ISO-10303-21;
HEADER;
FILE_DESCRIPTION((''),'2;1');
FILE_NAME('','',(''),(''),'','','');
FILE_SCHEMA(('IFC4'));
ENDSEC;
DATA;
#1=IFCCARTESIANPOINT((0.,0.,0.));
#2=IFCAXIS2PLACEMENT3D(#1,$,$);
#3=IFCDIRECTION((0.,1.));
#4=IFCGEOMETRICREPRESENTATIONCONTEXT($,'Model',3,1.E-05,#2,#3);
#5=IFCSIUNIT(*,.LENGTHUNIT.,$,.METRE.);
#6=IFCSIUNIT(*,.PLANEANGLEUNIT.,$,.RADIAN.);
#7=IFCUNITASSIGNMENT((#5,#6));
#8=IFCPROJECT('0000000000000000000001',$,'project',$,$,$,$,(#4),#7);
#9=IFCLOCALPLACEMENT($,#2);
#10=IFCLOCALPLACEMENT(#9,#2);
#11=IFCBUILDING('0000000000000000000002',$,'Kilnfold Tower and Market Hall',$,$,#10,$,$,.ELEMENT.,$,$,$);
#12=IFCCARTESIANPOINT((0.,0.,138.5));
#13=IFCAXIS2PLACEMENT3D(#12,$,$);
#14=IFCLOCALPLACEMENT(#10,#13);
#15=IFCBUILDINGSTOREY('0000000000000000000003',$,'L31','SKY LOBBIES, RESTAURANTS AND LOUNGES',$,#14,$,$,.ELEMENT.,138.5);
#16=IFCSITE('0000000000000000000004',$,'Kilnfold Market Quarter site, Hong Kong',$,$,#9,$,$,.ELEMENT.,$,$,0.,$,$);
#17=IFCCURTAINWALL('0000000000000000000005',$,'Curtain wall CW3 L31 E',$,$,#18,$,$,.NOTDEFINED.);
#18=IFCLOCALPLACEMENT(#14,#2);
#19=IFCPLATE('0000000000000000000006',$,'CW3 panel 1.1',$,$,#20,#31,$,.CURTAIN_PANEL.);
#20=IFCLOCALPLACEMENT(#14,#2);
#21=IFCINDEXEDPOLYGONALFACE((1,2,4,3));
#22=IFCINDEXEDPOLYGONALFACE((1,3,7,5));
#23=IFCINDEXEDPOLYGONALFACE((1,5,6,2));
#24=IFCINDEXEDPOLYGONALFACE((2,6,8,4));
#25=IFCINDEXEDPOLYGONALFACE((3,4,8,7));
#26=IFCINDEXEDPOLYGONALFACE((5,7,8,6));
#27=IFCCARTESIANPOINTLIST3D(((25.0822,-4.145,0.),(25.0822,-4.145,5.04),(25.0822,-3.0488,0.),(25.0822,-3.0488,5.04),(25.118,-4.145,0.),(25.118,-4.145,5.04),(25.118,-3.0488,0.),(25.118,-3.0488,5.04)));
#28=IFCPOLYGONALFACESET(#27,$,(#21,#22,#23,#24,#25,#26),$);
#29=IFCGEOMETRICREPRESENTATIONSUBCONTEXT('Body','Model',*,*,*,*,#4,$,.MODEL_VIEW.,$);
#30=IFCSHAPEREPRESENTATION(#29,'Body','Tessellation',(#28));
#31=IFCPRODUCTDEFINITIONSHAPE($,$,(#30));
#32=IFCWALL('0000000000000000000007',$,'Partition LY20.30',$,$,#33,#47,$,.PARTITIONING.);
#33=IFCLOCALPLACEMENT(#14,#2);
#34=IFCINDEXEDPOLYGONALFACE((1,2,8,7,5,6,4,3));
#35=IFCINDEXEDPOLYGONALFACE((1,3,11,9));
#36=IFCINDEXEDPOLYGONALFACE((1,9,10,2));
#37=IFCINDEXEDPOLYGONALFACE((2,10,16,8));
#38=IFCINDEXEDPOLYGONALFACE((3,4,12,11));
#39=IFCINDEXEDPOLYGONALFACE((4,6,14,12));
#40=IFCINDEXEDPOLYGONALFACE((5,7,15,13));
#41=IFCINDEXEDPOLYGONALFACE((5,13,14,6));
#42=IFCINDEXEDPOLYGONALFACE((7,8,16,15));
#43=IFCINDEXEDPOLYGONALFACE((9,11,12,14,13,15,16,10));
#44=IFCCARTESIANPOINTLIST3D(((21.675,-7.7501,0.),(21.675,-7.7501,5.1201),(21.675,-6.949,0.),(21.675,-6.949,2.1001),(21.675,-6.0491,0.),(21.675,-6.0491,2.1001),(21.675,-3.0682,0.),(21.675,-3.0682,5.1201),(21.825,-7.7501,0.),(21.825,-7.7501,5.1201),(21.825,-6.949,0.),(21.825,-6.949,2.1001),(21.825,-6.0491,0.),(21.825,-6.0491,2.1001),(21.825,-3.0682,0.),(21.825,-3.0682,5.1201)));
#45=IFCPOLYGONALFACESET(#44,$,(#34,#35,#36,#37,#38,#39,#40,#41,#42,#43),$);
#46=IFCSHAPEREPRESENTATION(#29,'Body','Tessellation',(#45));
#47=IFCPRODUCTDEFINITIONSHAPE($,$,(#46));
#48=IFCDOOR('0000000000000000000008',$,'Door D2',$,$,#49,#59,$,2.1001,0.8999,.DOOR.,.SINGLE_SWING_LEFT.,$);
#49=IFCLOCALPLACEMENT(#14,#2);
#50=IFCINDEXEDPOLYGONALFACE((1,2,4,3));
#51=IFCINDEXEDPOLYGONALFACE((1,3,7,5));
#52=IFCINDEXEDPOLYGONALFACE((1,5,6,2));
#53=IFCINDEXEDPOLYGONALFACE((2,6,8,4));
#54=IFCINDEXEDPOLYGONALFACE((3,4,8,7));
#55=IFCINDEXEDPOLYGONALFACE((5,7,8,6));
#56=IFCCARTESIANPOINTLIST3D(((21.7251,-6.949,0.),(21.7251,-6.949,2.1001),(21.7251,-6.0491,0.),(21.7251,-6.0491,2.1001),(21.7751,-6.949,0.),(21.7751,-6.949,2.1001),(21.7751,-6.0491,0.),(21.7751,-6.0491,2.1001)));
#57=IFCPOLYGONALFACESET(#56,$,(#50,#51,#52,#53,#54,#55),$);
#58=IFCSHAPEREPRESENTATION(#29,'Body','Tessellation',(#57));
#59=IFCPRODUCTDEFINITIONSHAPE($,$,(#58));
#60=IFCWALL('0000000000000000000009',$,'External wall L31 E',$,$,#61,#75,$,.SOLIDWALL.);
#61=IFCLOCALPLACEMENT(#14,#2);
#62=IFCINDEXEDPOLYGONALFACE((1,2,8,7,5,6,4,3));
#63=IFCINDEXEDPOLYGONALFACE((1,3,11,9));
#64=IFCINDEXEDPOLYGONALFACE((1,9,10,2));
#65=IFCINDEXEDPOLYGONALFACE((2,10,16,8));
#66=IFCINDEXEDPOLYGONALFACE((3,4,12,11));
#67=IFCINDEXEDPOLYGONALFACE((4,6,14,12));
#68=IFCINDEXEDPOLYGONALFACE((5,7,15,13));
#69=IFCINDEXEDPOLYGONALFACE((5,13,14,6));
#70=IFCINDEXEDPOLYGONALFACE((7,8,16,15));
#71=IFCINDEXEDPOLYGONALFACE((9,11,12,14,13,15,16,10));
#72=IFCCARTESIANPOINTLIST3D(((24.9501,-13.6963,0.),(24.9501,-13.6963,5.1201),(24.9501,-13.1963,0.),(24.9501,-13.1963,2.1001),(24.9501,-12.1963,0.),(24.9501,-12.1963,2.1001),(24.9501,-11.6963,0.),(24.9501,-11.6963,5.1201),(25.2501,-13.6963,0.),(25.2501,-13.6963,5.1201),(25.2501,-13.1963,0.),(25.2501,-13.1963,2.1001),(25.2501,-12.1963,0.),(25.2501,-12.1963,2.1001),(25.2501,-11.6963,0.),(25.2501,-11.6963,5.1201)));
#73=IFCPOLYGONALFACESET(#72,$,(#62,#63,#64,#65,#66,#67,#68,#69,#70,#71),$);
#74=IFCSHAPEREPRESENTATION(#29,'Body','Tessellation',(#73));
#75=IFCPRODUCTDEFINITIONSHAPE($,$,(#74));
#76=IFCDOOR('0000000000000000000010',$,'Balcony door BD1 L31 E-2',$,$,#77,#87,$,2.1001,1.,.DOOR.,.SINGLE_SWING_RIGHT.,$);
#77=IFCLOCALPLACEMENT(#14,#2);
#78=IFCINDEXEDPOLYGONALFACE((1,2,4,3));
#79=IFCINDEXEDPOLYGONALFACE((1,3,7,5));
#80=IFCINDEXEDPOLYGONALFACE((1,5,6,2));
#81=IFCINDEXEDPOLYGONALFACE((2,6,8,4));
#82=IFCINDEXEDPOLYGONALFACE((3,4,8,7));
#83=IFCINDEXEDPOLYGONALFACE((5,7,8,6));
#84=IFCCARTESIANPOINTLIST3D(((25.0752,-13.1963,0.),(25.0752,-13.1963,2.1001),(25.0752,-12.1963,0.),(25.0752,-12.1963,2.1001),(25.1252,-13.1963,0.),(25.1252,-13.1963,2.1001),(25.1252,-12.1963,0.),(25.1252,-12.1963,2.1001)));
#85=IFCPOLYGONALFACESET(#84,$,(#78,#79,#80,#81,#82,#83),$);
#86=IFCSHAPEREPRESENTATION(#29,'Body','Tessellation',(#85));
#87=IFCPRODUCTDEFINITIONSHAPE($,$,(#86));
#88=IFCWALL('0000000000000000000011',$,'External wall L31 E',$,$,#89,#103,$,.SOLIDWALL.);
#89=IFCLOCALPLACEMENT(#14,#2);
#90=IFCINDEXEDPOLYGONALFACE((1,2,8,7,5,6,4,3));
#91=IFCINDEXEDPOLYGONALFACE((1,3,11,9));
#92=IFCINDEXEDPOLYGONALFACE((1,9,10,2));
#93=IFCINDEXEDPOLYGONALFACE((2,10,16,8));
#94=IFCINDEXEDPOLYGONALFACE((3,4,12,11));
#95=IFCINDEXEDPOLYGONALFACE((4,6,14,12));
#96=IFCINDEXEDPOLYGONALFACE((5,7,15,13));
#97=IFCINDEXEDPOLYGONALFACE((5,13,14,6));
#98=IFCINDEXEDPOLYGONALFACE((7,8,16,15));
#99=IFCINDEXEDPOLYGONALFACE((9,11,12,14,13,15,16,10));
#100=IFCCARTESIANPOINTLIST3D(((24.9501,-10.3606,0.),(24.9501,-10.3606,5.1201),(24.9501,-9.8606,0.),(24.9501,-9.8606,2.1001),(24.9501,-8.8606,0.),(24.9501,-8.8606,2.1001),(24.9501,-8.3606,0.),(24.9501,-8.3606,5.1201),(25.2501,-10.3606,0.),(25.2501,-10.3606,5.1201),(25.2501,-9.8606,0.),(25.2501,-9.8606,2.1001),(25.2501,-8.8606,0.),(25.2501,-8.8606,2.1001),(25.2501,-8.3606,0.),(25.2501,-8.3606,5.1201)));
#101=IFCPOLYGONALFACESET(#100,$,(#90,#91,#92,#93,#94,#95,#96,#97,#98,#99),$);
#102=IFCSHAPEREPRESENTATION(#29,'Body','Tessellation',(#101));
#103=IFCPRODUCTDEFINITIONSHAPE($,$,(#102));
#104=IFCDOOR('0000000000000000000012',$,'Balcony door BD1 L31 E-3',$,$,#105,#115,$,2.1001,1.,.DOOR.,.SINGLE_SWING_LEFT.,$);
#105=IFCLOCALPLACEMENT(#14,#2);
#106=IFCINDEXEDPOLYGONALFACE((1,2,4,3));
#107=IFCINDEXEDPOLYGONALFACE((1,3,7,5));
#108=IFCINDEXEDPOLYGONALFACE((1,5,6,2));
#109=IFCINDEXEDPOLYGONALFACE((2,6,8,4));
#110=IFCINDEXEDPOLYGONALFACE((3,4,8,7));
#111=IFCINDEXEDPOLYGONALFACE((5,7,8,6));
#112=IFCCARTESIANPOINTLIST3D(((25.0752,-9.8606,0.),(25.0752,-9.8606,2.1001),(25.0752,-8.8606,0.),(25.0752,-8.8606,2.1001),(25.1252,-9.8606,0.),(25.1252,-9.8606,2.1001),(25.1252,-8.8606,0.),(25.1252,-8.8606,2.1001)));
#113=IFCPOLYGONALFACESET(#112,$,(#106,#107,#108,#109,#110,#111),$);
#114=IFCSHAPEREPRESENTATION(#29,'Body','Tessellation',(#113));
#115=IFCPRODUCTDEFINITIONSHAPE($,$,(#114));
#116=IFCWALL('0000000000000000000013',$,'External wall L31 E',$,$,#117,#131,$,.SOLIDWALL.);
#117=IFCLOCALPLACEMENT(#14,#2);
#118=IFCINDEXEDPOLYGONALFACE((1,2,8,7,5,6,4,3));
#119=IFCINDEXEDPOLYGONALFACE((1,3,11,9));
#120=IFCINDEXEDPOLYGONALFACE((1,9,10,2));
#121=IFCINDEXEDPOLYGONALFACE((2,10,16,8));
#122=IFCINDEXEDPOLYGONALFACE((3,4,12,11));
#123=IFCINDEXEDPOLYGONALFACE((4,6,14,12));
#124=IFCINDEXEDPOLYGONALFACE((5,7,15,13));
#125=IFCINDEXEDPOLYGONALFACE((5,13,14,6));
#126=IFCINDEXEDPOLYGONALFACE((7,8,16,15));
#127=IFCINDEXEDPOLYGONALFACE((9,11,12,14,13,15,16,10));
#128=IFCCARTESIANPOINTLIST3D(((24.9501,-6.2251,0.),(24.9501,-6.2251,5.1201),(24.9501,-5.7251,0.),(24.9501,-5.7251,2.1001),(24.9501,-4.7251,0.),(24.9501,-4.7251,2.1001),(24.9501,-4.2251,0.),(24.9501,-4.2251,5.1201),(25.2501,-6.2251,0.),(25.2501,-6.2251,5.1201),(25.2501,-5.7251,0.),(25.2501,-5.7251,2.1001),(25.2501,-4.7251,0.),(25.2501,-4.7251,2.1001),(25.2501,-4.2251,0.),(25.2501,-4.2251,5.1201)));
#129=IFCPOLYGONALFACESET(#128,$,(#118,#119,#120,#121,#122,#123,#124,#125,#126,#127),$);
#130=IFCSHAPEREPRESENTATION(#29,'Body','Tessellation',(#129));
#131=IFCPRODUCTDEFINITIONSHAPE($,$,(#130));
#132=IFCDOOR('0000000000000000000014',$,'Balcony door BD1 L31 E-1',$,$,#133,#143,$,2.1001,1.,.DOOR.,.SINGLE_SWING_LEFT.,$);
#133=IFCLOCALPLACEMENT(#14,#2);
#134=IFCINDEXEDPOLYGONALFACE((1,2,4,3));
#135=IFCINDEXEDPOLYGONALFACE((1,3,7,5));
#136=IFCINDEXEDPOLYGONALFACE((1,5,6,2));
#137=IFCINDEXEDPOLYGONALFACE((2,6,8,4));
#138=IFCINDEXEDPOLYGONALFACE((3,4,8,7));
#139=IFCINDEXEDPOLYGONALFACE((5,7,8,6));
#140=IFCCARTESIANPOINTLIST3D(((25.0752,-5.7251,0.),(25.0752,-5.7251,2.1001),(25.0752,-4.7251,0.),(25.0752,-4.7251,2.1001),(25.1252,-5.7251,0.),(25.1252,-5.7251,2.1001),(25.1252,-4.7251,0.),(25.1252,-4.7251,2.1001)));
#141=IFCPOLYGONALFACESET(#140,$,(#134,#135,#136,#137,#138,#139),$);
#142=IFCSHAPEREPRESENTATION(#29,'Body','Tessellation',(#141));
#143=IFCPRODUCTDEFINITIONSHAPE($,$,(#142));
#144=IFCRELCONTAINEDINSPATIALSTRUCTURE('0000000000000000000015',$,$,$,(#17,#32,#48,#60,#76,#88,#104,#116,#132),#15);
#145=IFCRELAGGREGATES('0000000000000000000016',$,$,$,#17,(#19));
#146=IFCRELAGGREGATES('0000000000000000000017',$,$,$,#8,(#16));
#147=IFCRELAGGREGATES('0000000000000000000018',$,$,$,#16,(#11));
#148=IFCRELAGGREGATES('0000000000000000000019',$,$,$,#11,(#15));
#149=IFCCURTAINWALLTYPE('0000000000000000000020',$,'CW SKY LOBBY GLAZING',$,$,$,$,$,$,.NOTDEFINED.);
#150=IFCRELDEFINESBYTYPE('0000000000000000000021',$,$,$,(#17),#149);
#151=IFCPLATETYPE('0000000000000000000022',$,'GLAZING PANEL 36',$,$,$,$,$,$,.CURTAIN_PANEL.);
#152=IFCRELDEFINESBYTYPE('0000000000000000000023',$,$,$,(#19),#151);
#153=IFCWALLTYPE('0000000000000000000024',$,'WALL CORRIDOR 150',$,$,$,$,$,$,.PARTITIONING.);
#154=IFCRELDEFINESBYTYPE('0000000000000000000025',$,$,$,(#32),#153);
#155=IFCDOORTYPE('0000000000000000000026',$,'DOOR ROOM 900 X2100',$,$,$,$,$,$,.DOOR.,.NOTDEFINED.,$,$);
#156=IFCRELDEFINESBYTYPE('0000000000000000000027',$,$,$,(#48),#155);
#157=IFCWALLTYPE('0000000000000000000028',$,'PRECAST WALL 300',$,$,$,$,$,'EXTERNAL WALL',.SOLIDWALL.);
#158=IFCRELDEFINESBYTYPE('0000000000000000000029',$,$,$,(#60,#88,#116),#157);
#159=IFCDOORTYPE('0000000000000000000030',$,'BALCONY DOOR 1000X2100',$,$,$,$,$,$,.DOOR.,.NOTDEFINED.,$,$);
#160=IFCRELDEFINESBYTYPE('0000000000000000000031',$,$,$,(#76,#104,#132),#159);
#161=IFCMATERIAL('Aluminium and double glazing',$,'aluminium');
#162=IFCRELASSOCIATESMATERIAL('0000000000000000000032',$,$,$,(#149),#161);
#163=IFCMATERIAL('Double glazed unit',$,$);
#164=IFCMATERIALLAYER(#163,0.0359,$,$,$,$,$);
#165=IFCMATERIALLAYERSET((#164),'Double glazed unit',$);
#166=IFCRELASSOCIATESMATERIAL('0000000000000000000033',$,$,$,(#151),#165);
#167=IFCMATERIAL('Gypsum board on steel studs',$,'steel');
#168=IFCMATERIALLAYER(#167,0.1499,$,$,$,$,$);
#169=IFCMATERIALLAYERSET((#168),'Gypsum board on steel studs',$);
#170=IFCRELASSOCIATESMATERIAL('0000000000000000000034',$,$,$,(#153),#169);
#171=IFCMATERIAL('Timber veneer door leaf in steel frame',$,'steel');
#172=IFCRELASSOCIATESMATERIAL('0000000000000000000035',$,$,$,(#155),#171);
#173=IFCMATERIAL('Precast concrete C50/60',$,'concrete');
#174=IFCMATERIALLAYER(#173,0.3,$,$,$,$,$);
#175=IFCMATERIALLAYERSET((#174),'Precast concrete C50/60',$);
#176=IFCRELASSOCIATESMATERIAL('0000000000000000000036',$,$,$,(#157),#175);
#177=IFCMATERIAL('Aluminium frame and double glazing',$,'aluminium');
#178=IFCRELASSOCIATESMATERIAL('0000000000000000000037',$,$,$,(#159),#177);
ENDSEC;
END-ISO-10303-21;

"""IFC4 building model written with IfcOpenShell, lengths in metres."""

from ifc_helpers import new_model, si_unit, direction, frame, frame_2d, origin, origin_2d, place, context, subcontext, project, spatial, rectangle, extrude, source, transform, mapped, material, layer, layer_set, type_object, element, fill, aggregate, save


model = new_model("IFC4")

# Units and contexts
model_context = context("Model", 3, precision=1e-05, world=origin(), true_north=direction((0.0, 1.0)))
body_context = subcontext(model_context, "Body", "Model", "MODEL_VIEW")
ifc_project = project(units=[si_unit("LENGTHUNIT", "METRE"), si_unit("PLANEANGLEUNIT", "RADIAN")], contexts=[model_context])

# Site, building, storey
site_placement = place(None, origin())
site = spatial("IfcSite", under=ifc_project, at=site_placement, Name="Kilnfold Market Quarter site, Hong Kong", CompositionType="ELEMENT", RefElevation=0.0)
building_placement = place(site_placement, origin())
building = spatial("IfcBuilding", under=site, at=building_placement, Name="Kilnfold Tower and Market Hall", CompositionType="ELEMENT")
storey_placement = place(building_placement, frame((0.0, 0.0, 138.5)))
storey = spatial("IfcBuildingStorey", under=building, at=storey_placement, Name="L31", Description="SKY LOBBIES, RESTAURANTS AND LOUNGES", CompositionType="ELEMENT", Elevation=138.5)

# Shared definitions
ifc_material_1 = material(Name="Aluminium and double glazing", Category="aluminium")
curtain_wall_type = type_object("IfcCurtainWallType", Name="CW SKY LOBBY GLAZING", PredefinedType="NOTDEFINED", material=ifc_material_1)

# Curtain wall
curtain_wall_1_placement = place(storey_placement, origin())
curtain_wall_1 = element("IfcCurtainWall", 1, at=curtain_wall_1_placement, inside=storey, type_object=curtain_wall_type, Name="Curtain wall CW3 L31 E", PredefinedType="NOTDEFINED")

# Plate
ifc_material_2 = material(Name="Double glazed unit")
ifc_layer_1 = layer(ifc_material_2, 0.0359)
ifc_layer_set_1 = layer_set([ifc_layer_1], Name="Double glazed unit")
plate_type = type_object("IfcPlateType", Name="GLAZING PANEL 36", PredefinedType="CURTAIN_PANEL", material=ifc_layer_set_1)
shared_shape_1 = source(origin(), body_context, "Body", "SweptSolid", [
    extrude(rectangle(XDim=1.0962, YDim=0.0359, at=origin_2d()), origin(), (0.0, 0.0, 1.0), 5.04),
])
plate_1_placement = place(storey_placement, frame((25.1001, -3.5969, 0.0), z_axis=(0.0, 0.0, 1.0), x_axis=(0.0, 1.0, 0.0)))
plate_1 = element("IfcPlate", 2, at=plate_1_placement, type_object=plate_type, Name="CW3 panel 1.1", PredefinedType="CURTAIN_PANEL", context=body_context, shape_type="MappedRepresentation", body=[
    mapped(shared_shape_1, transform((0.0, 0.0, 0.0))),
])
aggregate(curtain_wall_1, [plate_1])

# Walls, openings, doors
ifc_material_3 = material(Name="Gypsum board on steel studs", Category="steel")
ifc_layer_2 = layer(ifc_material_3, 0.1499)
ifc_layer_set_2 = layer_set([ifc_layer_2], Name="Gypsum board on steel studs")
wall_type_1 = type_object("IfcWallType", Name="WALL CORRIDOR 150", PredefinedType="PARTITIONING", material=ifc_layer_set_2)
wall_1_placement = place(storey_placement, frame((21.75, -7.75, 0.0), z_axis=(0.0, 0.0, 1.0), x_axis=(0.0, 1.0, 0.0)))
wall_1 = element("IfcWall", 3, at=wall_1_placement, inside=storey, type_object=wall_type_1, Name="Partition LY20.30", PredefinedType="PARTITIONING", context=body_context, shape_type="SweptSolid", body=[
    extrude(rectangle(XDim=4.6819, YDim=0.1499, at=frame_2d((2.3408, 0.0))), origin(), (0.0, 0.0, 1.0), 5.1201),
])
opening_1_placement = place(wall_1_placement, frame((0.801, 0.0, 0.0)))
opening_1 = element("IfcOpeningElement", 4, at=opening_1_placement, cuts=wall_1, PredefinedType="OPENING", context=body_context, shape_type="SweptSolid", body=[
    extrude(rectangle(XDim=0.8999, YDim=2.1001, at=frame_2d((0.45, 1.05))), frame((0.0, 0.085, 0.0), z_axis=(0.0, -1.0, 0.0), x_axis=(1.0, 0.0, 0.0)), (0.0, 0.0, 1.0), 0.1699),
])
ifc_material_4 = material(Name="Timber veneer door leaf in steel frame", Category="steel")
door_type_1 = type_object("IfcDoorType", Name="DOOR ROOM 900 X2100", OperationType="NOTDEFINED", PredefinedType="DOOR", material=ifc_material_4)
door_1_placement = place(opening_1_placement, origin())
door_1 = element("IfcDoor", 5, at=door_1_placement, inside=storey, type_object=door_type_1, Name="Door D2", OperationType="SINGLE_SWING_LEFT", OverallHeight=2.1001, OverallWidth=0.8999, PredefinedType="DOOR", context=body_context, shape_type="SweptSolid", body=[
    extrude(rectangle(XDim=0.8999, YDim=2.1001, at=frame_2d((0.45, 1.05))), frame((0.0, 0.0249, 0.0), z_axis=(0.0, -1.0, 0.0), x_axis=(1.0, 0.0, 0.0)), (0.0, 0.0, 1.0), 0.05),
])
fill(opening_1, door_1)
ifc_material_5 = material(Name="Precast concrete C50/60", Category="concrete")
ifc_layer_3 = layer(ifc_material_5, 0.3)
ifc_layer_set_3 = layer_set([ifc_layer_3], Name="Precast concrete C50/60")
wall_type_2 = type_object("IfcWallType", Name="PRECAST WALL 300", ElementType="EXTERNAL WALL", PredefinedType="SOLIDWALL", material=ifc_layer_set_3)
shared_shape_2 = source(origin(), body_context, "Body", "SweptSolid", [
    extrude(rectangle(XDim=2.0, YDim=0.3, at=frame_2d((1.0, 0.0))), origin(), (0.0, 0.0, 1.0), 5.1201),
])
wall_2_placement = place(storey_placement, frame((25.1001, -13.6963, 0.0), z_axis=(0.0, 0.0, 1.0), x_axis=(0.0, 1.0, 0.0)))
wall_2 = element("IfcWall", 6, at=wall_2_placement, inside=storey, type_object=wall_type_2, Name="External wall L31 E", PredefinedType="SOLIDWALL", context=body_context, shape_type="MappedRepresentation", body=[
    mapped(shared_shape_2, transform((0.0, 0.0, 0.0))),
])
opening_2_placement = place(wall_2_placement, frame((0.5, 0.0, 0.0)))
opening_2 = element("IfcOpeningElement", 7, at=opening_2_placement, cuts=wall_2, PredefinedType="OPENING", context=body_context, shape_type="SweptSolid", body=[
    extrude(rectangle(XDim=1.0, YDim=2.1001, at=frame_2d((0.5, 1.05))), frame((0.0, 0.1602, 0.0), z_axis=(0.0, -1.0, 0.0), x_axis=(1.0, 0.0, 0.0)), (0.0, 0.0, 1.0), 0.3201),
])
ifc_material_6 = material(Name="Aluminium frame and double glazing", Category="aluminium")
door_type_2 = type_object("IfcDoorType", Name="BALCONY DOOR 1000X2100", OperationType="NOTDEFINED", PredefinedType="DOOR", material=ifc_material_6)
door_2_placement = place(opening_2_placement, origin())
door_2 = element("IfcDoor", 8, at=door_2_placement, inside=storey, type_object=door_type_2, Name="Balcony door BD1 L31 E-2", OperationType="SINGLE_SWING_RIGHT", OverallHeight=2.1001, OverallWidth=1.0, PredefinedType="DOOR", context=body_context, shape_type="SweptSolid", body=[
    extrude(rectangle(XDim=1.0, YDim=2.1001, at=frame_2d((0.5, 1.05))), frame((0.0, 0.0249, 0.0), z_axis=(0.0, -1.0, 0.0), x_axis=(1.0, 0.0, 0.0)), (0.0, 0.0, 1.0), 0.05),
])
fill(opening_2, door_2)
wall_3_placement = place(storey_placement, frame((25.1001, -10.3606, 0.0), z_axis=(0.0, 0.0, 1.0), x_axis=(0.0, 1.0, 0.0)))
wall_3 = element("IfcWall", 9, at=wall_3_placement, inside=storey, type_object=wall_type_2, Name="External wall L31 E", PredefinedType="SOLIDWALL", context=body_context, shape_type="MappedRepresentation", body=[
    mapped(shared_shape_2, transform((0.0, 0.0, 0.0))),
])
opening_3_placement = place(wall_3_placement, frame((0.5, 0.0, 0.0)))
opening_3 = element("IfcOpeningElement", 10, at=opening_3_placement, cuts=wall_3, PredefinedType="OPENING", context=body_context, shape_type="SweptSolid", body=[
    extrude(rectangle(XDim=1.0, YDim=2.1001, at=frame_2d((0.5, 1.05))), frame((0.0, 0.1602, 0.0), z_axis=(0.0, -1.0, 0.0), x_axis=(1.0, 0.0, 0.0)), (0.0, 0.0, 1.0), 0.3201),
])
door_3_placement = place(opening_3_placement, origin())
door_3 = element("IfcDoor", 11, at=door_3_placement, inside=storey, type_object=door_type_2, Name="Balcony door BD1 L31 E-3", OperationType="SINGLE_SWING_LEFT", OverallHeight=2.1001, OverallWidth=1.0, PredefinedType="DOOR", context=body_context, shape_type="SweptSolid", body=[
    extrude(rectangle(XDim=1.0, YDim=2.1001, at=frame_2d((0.5, 1.05))), frame((0.0, 0.0249, 0.0), z_axis=(0.0, -1.0, 0.0), x_axis=(1.0, 0.0, 0.0)), (0.0, 0.0, 1.0), 0.05),
])
fill(opening_3, door_3)
wall_4_placement = place(storey_placement, frame((25.1001, -6.2251, 0.0), z_axis=(0.0, 0.0, 1.0), x_axis=(0.0, 1.0, 0.0)))
wall_4 = element("IfcWall", 12, at=wall_4_placement, inside=storey, type_object=wall_type_2, Name="External wall L31 E", PredefinedType="SOLIDWALL", context=body_context, shape_type="MappedRepresentation", body=[
    mapped(shared_shape_2, transform((0.0, 0.0, 0.0))),
])
opening_4_placement = place(wall_4_placement, frame((0.5, 0.0, 0.0)))
opening_4 = element("IfcOpeningElement", 13, at=opening_4_placement, cuts=wall_4, PredefinedType="OPENING", context=body_context, shape_type="SweptSolid", body=[
    extrude(rectangle(XDim=1.0, YDim=2.1001, at=frame_2d((0.5, 1.05))), frame((0.0, 0.1602, 0.0), z_axis=(0.0, -1.0, 0.0), x_axis=(1.0, 0.0, 0.0)), (0.0, 0.0, 1.0), 0.3201),
])
door_4_placement = place(opening_4_placement, origin())
door_4 = element("IfcDoor", 14, at=door_4_placement, inside=storey, type_object=door_type_2, Name="Balcony door BD1 L31 E-1", OperationType="SINGLE_SWING_LEFT", OverallHeight=2.1001, OverallWidth=1.0, PredefinedType="DOOR", context=body_context, shape_type="SweptSolid", body=[
    extrude(rectangle(XDim=1.0, YDim=2.1001, at=frame_2d((0.5, 1.05))), frame((0.0, 0.0249, 0.0), z_axis=(0.0, -1.0, 0.0), x_axis=(1.0, 0.0, 0.0)), (0.0, 0.0, 1.0), 0.05),
])
fill(opening_4, door_4)

save(model, "model.ifc")
